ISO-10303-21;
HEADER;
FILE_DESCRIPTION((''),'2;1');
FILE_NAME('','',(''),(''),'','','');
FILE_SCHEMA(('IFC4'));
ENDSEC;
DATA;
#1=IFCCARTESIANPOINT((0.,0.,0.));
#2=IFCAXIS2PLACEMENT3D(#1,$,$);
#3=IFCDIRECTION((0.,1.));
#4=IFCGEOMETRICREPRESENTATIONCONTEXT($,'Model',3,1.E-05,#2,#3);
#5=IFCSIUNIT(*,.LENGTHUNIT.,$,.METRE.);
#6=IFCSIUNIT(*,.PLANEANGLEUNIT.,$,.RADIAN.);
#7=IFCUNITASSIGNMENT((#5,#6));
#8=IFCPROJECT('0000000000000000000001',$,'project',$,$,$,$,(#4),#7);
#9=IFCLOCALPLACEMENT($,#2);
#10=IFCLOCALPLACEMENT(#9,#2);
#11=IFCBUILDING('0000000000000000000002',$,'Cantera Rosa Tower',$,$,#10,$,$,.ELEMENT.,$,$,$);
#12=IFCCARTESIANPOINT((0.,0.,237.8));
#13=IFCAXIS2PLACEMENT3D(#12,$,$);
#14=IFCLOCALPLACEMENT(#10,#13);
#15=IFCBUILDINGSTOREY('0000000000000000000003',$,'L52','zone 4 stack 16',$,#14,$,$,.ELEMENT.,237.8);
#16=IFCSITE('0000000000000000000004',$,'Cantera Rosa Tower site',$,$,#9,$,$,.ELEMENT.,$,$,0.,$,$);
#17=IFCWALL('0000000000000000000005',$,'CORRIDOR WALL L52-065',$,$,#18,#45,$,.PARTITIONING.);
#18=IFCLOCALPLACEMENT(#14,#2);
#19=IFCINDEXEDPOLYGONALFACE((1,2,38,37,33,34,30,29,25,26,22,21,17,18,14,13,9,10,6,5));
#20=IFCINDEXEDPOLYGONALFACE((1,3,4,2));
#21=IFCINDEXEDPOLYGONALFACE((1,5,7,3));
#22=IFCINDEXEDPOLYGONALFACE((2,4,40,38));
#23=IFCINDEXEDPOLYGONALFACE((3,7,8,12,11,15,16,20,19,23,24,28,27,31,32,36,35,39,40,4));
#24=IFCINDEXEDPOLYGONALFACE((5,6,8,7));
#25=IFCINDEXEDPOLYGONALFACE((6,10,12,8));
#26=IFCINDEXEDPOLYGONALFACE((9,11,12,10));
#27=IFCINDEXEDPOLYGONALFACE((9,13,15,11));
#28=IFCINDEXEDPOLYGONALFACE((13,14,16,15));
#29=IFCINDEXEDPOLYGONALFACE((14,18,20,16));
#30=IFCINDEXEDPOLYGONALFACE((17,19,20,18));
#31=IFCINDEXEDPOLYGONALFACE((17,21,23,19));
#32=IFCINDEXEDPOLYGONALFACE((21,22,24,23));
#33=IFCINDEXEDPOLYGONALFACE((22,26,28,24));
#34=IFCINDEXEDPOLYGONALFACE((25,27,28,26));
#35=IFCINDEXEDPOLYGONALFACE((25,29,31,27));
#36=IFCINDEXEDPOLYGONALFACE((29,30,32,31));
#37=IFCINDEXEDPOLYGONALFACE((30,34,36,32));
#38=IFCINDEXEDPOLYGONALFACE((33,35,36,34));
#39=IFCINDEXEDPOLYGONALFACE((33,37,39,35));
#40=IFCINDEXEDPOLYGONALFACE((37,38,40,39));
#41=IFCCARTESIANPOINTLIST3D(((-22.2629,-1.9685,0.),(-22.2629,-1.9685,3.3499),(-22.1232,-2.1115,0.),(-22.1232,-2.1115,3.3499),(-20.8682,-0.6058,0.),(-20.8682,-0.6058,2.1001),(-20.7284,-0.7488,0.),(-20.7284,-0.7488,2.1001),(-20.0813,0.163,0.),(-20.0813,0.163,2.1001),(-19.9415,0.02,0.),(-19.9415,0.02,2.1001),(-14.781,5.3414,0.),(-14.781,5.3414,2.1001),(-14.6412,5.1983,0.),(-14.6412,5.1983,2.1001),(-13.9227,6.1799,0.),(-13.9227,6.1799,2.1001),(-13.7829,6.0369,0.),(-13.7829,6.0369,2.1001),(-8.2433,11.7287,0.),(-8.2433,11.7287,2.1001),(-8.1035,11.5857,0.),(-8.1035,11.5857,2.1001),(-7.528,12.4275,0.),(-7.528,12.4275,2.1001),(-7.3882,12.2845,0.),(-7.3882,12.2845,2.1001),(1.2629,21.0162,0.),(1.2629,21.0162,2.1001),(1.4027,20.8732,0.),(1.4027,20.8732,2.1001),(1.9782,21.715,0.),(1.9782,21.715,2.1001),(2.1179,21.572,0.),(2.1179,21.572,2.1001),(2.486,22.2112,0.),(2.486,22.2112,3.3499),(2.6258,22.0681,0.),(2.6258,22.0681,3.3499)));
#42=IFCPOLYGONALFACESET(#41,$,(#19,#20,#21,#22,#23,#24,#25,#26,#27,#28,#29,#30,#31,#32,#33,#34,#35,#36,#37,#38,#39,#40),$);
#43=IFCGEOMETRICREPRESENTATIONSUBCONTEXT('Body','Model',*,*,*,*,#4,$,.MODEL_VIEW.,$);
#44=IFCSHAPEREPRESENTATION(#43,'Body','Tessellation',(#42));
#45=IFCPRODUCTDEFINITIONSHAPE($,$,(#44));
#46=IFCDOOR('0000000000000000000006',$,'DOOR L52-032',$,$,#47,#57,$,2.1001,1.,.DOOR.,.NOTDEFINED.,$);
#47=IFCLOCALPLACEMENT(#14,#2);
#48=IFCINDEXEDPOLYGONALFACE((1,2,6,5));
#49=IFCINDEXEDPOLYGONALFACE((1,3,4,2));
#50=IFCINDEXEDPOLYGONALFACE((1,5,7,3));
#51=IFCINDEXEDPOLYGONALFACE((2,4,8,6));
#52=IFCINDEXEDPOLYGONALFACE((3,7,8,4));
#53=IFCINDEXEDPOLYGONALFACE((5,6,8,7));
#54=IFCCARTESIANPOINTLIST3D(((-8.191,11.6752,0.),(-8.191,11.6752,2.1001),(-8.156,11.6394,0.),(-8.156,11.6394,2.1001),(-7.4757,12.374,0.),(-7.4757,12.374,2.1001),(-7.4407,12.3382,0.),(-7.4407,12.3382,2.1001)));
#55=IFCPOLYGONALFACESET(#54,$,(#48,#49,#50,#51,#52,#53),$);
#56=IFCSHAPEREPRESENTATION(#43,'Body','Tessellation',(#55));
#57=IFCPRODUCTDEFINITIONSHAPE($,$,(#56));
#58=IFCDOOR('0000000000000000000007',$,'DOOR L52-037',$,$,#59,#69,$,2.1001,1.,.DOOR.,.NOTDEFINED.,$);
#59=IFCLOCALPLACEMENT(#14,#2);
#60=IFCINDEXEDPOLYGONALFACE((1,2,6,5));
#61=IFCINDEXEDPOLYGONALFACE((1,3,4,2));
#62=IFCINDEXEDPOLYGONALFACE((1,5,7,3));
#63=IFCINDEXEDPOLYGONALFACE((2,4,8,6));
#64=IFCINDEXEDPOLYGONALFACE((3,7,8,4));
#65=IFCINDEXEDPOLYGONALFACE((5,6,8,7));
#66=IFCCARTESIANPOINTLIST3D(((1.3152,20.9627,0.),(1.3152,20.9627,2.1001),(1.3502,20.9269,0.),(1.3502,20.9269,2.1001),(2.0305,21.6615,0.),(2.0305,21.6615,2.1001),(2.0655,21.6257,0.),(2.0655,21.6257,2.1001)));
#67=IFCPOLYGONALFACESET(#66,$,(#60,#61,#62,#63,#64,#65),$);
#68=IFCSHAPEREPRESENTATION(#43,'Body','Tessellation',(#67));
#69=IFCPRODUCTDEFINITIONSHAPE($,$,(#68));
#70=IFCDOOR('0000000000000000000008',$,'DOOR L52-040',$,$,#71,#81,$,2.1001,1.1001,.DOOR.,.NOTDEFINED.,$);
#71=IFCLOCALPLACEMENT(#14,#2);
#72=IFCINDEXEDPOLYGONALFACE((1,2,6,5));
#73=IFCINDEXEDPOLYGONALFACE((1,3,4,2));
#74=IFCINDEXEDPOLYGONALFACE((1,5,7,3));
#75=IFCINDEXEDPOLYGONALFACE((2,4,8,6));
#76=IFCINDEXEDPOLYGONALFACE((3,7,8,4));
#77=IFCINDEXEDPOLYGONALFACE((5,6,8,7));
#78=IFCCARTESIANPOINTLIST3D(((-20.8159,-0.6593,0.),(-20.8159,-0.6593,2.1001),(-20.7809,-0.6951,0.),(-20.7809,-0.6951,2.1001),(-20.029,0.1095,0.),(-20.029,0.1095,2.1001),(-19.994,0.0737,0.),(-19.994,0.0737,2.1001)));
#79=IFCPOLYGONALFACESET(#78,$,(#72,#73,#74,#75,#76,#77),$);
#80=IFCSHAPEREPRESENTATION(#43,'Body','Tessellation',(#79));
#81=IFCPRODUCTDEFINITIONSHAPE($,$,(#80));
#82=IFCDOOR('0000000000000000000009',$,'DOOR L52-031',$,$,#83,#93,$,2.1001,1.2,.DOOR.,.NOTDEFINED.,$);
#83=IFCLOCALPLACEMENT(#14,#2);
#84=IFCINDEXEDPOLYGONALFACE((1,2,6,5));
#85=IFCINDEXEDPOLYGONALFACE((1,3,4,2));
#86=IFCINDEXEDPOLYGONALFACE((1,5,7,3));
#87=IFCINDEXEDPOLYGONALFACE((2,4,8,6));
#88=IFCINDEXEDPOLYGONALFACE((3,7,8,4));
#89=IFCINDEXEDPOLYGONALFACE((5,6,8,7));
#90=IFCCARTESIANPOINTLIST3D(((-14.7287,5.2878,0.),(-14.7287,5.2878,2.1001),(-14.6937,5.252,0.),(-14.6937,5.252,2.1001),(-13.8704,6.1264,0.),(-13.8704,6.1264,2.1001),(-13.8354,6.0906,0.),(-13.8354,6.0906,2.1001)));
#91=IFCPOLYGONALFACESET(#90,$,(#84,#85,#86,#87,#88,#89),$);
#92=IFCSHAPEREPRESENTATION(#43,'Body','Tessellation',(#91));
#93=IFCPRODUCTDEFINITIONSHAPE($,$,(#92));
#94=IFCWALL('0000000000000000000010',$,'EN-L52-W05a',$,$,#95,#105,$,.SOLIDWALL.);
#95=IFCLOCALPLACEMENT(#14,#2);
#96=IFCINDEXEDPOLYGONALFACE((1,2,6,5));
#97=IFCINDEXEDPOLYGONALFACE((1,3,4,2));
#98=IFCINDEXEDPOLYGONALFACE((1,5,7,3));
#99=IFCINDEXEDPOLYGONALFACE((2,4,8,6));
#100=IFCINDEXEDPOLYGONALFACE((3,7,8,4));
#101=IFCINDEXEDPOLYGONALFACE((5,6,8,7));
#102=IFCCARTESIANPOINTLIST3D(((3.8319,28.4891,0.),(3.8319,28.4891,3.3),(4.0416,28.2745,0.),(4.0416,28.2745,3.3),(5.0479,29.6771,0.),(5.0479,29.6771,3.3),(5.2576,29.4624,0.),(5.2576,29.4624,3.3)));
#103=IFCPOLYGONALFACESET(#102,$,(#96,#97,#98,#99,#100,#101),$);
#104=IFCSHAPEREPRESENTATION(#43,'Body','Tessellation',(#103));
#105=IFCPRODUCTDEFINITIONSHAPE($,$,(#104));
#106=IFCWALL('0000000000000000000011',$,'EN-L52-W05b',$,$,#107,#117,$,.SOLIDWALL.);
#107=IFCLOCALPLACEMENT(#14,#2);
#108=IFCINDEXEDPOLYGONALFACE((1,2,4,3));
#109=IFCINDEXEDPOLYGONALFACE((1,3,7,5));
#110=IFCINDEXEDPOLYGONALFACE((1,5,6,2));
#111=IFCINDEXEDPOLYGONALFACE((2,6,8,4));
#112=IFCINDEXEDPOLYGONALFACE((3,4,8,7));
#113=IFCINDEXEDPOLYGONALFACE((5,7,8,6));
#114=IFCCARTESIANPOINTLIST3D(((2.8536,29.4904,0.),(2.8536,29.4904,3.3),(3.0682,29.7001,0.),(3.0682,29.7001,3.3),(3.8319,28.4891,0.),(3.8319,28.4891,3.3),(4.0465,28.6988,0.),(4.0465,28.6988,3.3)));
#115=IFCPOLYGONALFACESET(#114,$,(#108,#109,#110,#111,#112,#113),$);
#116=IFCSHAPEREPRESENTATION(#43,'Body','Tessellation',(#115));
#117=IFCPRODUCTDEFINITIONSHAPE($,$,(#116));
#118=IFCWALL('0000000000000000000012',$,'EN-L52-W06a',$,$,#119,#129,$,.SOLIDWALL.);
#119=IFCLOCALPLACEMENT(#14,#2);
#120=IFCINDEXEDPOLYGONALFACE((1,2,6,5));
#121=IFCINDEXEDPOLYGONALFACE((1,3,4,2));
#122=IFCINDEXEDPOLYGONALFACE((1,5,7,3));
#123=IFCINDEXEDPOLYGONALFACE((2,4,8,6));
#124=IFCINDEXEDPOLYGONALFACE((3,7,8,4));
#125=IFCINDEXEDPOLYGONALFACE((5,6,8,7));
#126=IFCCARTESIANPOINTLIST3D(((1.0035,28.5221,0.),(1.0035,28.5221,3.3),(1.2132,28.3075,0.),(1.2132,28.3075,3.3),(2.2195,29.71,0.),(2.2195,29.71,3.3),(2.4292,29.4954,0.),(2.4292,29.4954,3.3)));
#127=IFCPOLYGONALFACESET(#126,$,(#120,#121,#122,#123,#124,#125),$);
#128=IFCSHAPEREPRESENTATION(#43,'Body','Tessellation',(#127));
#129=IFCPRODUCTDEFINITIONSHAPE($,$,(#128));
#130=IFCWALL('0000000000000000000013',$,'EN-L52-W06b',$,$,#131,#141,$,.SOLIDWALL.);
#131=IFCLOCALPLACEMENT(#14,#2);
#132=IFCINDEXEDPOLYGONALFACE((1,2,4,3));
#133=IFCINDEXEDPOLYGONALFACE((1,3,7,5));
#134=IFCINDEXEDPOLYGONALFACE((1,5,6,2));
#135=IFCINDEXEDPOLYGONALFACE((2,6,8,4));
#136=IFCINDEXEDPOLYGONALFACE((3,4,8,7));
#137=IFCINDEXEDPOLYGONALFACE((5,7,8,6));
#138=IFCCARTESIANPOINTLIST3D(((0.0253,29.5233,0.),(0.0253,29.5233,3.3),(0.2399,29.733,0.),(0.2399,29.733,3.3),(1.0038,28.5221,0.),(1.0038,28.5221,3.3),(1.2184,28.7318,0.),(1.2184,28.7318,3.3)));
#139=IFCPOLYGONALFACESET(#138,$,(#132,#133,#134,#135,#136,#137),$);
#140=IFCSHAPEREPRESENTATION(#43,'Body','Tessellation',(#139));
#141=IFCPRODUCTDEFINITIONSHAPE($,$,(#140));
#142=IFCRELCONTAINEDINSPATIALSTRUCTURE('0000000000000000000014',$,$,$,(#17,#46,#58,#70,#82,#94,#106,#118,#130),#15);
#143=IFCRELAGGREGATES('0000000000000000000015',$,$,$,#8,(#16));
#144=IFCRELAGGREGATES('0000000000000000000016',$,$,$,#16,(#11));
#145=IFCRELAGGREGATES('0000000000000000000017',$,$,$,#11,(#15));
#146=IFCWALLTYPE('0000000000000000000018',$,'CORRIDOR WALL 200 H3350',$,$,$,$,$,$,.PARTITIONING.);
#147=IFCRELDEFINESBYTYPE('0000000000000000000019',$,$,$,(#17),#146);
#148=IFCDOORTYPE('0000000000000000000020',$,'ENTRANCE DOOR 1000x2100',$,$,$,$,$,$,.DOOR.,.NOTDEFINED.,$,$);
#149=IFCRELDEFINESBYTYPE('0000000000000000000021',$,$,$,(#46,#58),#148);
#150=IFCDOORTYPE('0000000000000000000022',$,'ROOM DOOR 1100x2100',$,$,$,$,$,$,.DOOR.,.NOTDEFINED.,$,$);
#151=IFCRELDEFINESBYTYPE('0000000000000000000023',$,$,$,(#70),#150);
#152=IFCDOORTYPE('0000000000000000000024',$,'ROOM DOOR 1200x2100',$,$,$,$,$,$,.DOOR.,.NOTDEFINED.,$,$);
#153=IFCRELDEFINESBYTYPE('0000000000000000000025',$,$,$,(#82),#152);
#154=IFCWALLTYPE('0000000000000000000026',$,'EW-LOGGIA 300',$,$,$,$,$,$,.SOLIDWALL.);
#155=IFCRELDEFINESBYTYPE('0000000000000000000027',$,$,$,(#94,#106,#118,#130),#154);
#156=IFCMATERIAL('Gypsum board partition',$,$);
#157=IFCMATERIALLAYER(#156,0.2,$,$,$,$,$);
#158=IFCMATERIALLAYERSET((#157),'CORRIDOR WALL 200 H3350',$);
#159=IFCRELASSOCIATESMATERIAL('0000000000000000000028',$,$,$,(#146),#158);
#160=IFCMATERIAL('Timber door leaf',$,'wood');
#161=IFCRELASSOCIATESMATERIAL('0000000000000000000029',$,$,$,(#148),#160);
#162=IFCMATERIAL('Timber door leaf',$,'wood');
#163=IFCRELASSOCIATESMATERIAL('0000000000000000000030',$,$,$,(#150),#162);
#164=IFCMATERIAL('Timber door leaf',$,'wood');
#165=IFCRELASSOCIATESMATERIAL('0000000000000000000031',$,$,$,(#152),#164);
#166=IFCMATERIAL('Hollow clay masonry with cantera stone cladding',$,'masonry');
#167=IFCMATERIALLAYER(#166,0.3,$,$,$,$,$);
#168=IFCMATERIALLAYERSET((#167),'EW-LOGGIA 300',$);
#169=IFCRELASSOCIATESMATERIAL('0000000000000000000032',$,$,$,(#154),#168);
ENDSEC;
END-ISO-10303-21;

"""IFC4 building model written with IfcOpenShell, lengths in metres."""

from ifc_helpers import new_model, si_unit, direction, frame, frame_2d, origin, place, context, subcontext, project, spatial, rectangle, extrude, material, layer, layer_set, type_object, element, fill, save


model = new_model("IFC4")

# Units and contexts
model_context = context("Model", 3, precision=1e-05, world=origin(), true_north=direction((0.0, 1.0)))
body_context = subcontext(model_context, "Body", "Model", "MODEL_VIEW")
ifc_project = project(units=[si_unit("LENGTHUNIT", "METRE"), si_unit("PLANEANGLEUNIT", "RADIAN")], contexts=[model_context])

# Site, building, storey
site_placement = place(None, origin())
site = spatial("IfcSite", under=ifc_project, at=site_placement, Name="Cantera Rosa Tower site", CompositionType="ELEMENT", RefElevation=0.0)
building_placement = place(site_placement, origin())
building = spatial("IfcBuilding", under=site, at=building_placement, Name="Cantera Rosa Tower", CompositionType="ELEMENT")
storey_placement = place(building_placement, frame((0.0, 0.0, 237.8)))
storey = spatial("IfcBuildingStorey", under=building, at=storey_placement, Name="L52", Description="zone 4 stack 16", CompositionType="ELEMENT", Elevation=237.8)

# Wall, openings, doors
ifc_material_1 = material(Name="Gypsum board partition")
ifc_layer_1 = layer(ifc_material_1, 0.2)
ifc_layer_set_1 = layer_set([ifc_layer_1], Name="CORRIDOR WALL 200 H3350")
wall_type_1 = type_object("IfcWallType", Name="CORRIDOR WALL 200 H3350", PredefinedType="PARTITIONING", material=ifc_layer_set_1)
wall_1_placement = place(storey_placement, frame((2.5559, 22.1396, 0.0), z_axis=(0.0, 0.0, 1.0), x_axis=(-0.715286, -0.698832, 0.0)))
wall_1 = element("IfcWall", 1, at=wall_1_placement, inside=storey, type_object=wall_type_1, Name="CORRIDOR WALL L52-065", PredefinedType="PARTITIONING", context=body_context, shape_type="SweptSolid", body=[
    extrude(rectangle(XDim=34.6001, YDim=0.2, at=frame_2d((17.3, 0.0))), origin(), (0.0, 0.0, 1.0), 3.3499),
])
opening_1_placement = place(wall_1_placement, frame((22.9399, 0.0, 0.0)))
opening_1 = element("IfcOpeningElement", 2, at=opening_1_placement, cuts=wall_1, PredefinedType="OPENING", context=body_context, shape_type="SweptSolid", body=[
    extrude(rectangle(XDim=1.2, YDim=2.1001, at=frame_2d((0.6001, 1.05))), frame((0.0, 0.1099, 0.0), z_axis=(0.0, -1.0, 0.0), x_axis=(1.0, 0.0, 0.0)), (0.0, 0.0, 1.0), 0.22),
])
opening_2_placement = place(wall_1_placement, frame((14.0, 0.0, 0.0)))
opening_2 = element("IfcOpeningElement", 3, at=opening_2_placement, cuts=wall_1, PredefinedType="OPENING", context=body_context, shape_type="SweptSolid", body=[
    extrude(rectangle(XDim=1.0, YDim=2.1001, at=frame_2d((0.5, 1.05))), frame((0.0, 0.1099, 0.0), z_axis=(0.0, -1.0, 0.0), x_axis=(1.0, 0.0, 0.0)), (0.0, 0.0, 1.0), 0.22),
])
opening_3_placement = place(wall_1_placement, frame((0.71, 0.0, 0.0)))
opening_3 = element("IfcOpeningElement", 4, at=opening_3_placement, cuts=wall_1, PredefinedType="OPENING", context=body_context, shape_type="SweptSolid", body=[
    extrude(rectangle(XDim=1.0, YDim=2.1001, at=frame_2d((0.5, 1.05))), frame((0.0, 0.1099, 0.0), z_axis=(0.0, -1.0, 0.0), x_axis=(1.0, 0.0, 0.0)), (0.0, 0.0, 1.0), 0.22),
])
opening_4_placement = place(wall_1_placement, frame((31.55, 0.0, 0.0)))
opening_4 = element("IfcOpeningElement", 5, at=opening_4_placement, cuts=wall_1, PredefinedType="OPENING", context=body_context, shape_type="SweptSolid", body=[
    extrude(rectangle(XDim=1.1001, YDim=2.1001, at=frame_2d((0.55, 1.05))), frame((0.0, 0.1099, 0.0), z_axis=(0.0, -1.0, 0.0), x_axis=(1.0, 0.0, 0.0)), (0.0, 0.0, 1.0), 0.22),
])
ifc_material_2 = material(Name="Timber door leaf", Category="wood")
door_type_1 = type_object("IfcDoorType", Name="ENTRANCE DOOR 1000x2100", OperationType="NOTDEFINED", PredefinedType="DOOR", material=ifc_material_2)
door_1_placement = place(opening_2_placement, origin())
door_1 = element("IfcDoor", 6, at=door_1_placement, inside=storey, type_object=door_type_1, Name="DOOR L52-032", OperationType="NOTDEFINED", OverallHeight=2.1001, OverallWidth=1.0, PredefinedType="DOOR", context=body_context, shape_type="SweptSolid", body=[
    extrude(rectangle(XDim=1.0, YDim=2.1001, at=frame_2d((0.5, 1.05))), frame((0.0, 0.0249, 0.0), z_axis=(0.0, -1.0, 0.0), x_axis=(1.0, 0.0, 0.0)), (0.0, 0.0, 1.0), 0.05),
])
fill(opening_2, door_1)
door_2_placement = place(opening_3_placement, origin())
door_2 = element("IfcDoor", 7, at=door_2_placement, inside=storey, type_object=door_type_1, Name="DOOR L52-037", OperationType="NOTDEFINED", OverallHeight=2.1001, OverallWidth=1.0, PredefinedType="DOOR", context=body_context, shape_type="SweptSolid", body=[
    extrude(rectangle(XDim=1.0, YDim=2.1001, at=frame_2d((0.5, 1.05))), frame((0.0, 0.0249, 0.0), z_axis=(0.0, -1.0, 0.0), x_axis=(1.0, 0.0, 0.0)), (0.0, 0.0, 1.0), 0.05),
])
fill(opening_3, door_2)
ifc_material_3 = material(Name="Timber door leaf", Category="wood")
door_type_2 = type_object("IfcDoorType", Name="ROOM DOOR 1100x2100", OperationType="NOTDEFINED", PredefinedType="DOOR", material=ifc_material_3)
door_3_placement = place(opening_4_placement, origin())
door_3 = element("IfcDoor", 8, at=door_3_placement, inside=storey, type_object=door_type_2, Name="DOOR L52-040", OperationType="NOTDEFINED", OverallHeight=2.1001, OverallWidth=1.1001, PredefinedType="DOOR", context=body_context, shape_type="SweptSolid", body=[
    extrude(rectangle(XDim=1.1001, YDim=2.1001, at=frame_2d((0.55, 1.05))), frame((0.0, 0.0249, 0.0), z_axis=(0.0, -1.0, 0.0), x_axis=(1.0, 0.0, 0.0)), (0.0, 0.0, 1.0), 0.05),
])
fill(opening_4, door_3)
ifc_material_4 = material(Name="Timber door leaf", Category="wood")
door_type_3 = type_object("IfcDoorType", Name="ROOM DOOR 1200x2100", OperationType="NOTDEFINED", PredefinedType="DOOR", material=ifc_material_4)
door_4_placement = place(opening_1_placement, origin())
door_4 = element("IfcDoor", 9, at=door_4_placement, inside=storey, type_object=door_type_3, Name="DOOR L52-031", OperationType="NOTDEFINED", OverallHeight=2.1001, OverallWidth=1.2, PredefinedType="DOOR", context=body_context, shape_type="SweptSolid", body=[
    extrude(rectangle(XDim=1.2, YDim=2.1001, at=frame_2d((0.6001, 1.05))), frame((0.0, 0.0249, 0.0), z_axis=(0.0, -1.0, 0.0), x_axis=(1.0, 0.0, 0.0)), (0.0, 0.0, 1.0), 0.05),
])
fill(opening_1, door_4)

# Walls
ifc_material_5 = material(Name="Hollow clay masonry with cantera stone cladding", Category="masonry")
ifc_layer_2 = layer(ifc_material_5, 0.3)
ifc_layer_set_2 = layer_set([ifc_layer_2], Name="EW-LOGGIA 300")
wall_type_2 = type_object("IfcWallType", Name="EW-LOGGIA 300", PredefinedType="SOLIDWALL", material=ifc_layer_set_2)
wall_2_placement = place(storey_placement, frame((5.1528, 29.5698, 0.0), z_axis=(0.0, 0.0, 1.0), x_axis=(-0.715316, -0.698801, 0.0)))
element("IfcWall", 10, at=wall_2_placement, inside=storey, type_object=wall_type_2, Name="EN-L52-W05a", PredefinedType="SOLIDWALL", context=body_context, shape_type="SweptSolid", body=[
    extrude(rectangle(XDim=1.7, YDim=0.3, at=frame_2d((0.8501, 0.0))), origin(), (0.0, 0.0, 1.0), 3.3),
])
wall_3_placement = place(storey_placement, frame((3.9392, 28.594, 0.0), z_axis=(0.0, 0.0, 1.0), x_axis=(-0.698862, 0.715257, 0.0)))
element("IfcWall", 11, at=wall_3_placement, inside=storey, type_object=wall_type_2, Name="EN-L52-W05b", PredefinedType="SOLIDWALL", context=body_context, shape_type="SweptSolid", body=[
    extrude(rectangle(XDim=1.3999, YDim=0.3, at=frame_2d((0.7, 0.0))), origin(), (0.0, 0.0, 1.0), 3.3),
])
wall_4_placement = place(storey_placement, frame((2.3245, 29.6028, 0.0), z_axis=(0.0, 0.0, 1.0), x_axis=(-0.715316, -0.698801, 0.0)))
element("IfcWall", 12, at=wall_4_placement, inside=storey, type_object=wall_type_2, Name="EN-L52-W06a", PredefinedType="SOLIDWALL", context=body_context, shape_type="SweptSolid", body=[
    extrude(rectangle(XDim=1.7, YDim=0.3, at=frame_2d((0.8501, 0.0))), origin(), (0.0, 0.0, 1.0), 3.3),
])
wall_5_placement = place(storey_placement, frame((1.1111, 28.627, 0.0), z_axis=(0.0, 0.0, 1.0), x_axis=(-0.698951, 0.715169, 0.0)))
element("IfcWall", 13, at=wall_5_placement, inside=storey, type_object=wall_type_2, Name="EN-L52-W06b", PredefinedType="SOLIDWALL", context=body_context, shape_type="SweptSolid", body=[
    extrude(rectangle(XDim=1.3999, YDim=0.3, at=frame_2d((0.7, 0.0))), origin(), (0.0, 0.0, 1.0), 3.3),
])

save(model, "model.ifc")
